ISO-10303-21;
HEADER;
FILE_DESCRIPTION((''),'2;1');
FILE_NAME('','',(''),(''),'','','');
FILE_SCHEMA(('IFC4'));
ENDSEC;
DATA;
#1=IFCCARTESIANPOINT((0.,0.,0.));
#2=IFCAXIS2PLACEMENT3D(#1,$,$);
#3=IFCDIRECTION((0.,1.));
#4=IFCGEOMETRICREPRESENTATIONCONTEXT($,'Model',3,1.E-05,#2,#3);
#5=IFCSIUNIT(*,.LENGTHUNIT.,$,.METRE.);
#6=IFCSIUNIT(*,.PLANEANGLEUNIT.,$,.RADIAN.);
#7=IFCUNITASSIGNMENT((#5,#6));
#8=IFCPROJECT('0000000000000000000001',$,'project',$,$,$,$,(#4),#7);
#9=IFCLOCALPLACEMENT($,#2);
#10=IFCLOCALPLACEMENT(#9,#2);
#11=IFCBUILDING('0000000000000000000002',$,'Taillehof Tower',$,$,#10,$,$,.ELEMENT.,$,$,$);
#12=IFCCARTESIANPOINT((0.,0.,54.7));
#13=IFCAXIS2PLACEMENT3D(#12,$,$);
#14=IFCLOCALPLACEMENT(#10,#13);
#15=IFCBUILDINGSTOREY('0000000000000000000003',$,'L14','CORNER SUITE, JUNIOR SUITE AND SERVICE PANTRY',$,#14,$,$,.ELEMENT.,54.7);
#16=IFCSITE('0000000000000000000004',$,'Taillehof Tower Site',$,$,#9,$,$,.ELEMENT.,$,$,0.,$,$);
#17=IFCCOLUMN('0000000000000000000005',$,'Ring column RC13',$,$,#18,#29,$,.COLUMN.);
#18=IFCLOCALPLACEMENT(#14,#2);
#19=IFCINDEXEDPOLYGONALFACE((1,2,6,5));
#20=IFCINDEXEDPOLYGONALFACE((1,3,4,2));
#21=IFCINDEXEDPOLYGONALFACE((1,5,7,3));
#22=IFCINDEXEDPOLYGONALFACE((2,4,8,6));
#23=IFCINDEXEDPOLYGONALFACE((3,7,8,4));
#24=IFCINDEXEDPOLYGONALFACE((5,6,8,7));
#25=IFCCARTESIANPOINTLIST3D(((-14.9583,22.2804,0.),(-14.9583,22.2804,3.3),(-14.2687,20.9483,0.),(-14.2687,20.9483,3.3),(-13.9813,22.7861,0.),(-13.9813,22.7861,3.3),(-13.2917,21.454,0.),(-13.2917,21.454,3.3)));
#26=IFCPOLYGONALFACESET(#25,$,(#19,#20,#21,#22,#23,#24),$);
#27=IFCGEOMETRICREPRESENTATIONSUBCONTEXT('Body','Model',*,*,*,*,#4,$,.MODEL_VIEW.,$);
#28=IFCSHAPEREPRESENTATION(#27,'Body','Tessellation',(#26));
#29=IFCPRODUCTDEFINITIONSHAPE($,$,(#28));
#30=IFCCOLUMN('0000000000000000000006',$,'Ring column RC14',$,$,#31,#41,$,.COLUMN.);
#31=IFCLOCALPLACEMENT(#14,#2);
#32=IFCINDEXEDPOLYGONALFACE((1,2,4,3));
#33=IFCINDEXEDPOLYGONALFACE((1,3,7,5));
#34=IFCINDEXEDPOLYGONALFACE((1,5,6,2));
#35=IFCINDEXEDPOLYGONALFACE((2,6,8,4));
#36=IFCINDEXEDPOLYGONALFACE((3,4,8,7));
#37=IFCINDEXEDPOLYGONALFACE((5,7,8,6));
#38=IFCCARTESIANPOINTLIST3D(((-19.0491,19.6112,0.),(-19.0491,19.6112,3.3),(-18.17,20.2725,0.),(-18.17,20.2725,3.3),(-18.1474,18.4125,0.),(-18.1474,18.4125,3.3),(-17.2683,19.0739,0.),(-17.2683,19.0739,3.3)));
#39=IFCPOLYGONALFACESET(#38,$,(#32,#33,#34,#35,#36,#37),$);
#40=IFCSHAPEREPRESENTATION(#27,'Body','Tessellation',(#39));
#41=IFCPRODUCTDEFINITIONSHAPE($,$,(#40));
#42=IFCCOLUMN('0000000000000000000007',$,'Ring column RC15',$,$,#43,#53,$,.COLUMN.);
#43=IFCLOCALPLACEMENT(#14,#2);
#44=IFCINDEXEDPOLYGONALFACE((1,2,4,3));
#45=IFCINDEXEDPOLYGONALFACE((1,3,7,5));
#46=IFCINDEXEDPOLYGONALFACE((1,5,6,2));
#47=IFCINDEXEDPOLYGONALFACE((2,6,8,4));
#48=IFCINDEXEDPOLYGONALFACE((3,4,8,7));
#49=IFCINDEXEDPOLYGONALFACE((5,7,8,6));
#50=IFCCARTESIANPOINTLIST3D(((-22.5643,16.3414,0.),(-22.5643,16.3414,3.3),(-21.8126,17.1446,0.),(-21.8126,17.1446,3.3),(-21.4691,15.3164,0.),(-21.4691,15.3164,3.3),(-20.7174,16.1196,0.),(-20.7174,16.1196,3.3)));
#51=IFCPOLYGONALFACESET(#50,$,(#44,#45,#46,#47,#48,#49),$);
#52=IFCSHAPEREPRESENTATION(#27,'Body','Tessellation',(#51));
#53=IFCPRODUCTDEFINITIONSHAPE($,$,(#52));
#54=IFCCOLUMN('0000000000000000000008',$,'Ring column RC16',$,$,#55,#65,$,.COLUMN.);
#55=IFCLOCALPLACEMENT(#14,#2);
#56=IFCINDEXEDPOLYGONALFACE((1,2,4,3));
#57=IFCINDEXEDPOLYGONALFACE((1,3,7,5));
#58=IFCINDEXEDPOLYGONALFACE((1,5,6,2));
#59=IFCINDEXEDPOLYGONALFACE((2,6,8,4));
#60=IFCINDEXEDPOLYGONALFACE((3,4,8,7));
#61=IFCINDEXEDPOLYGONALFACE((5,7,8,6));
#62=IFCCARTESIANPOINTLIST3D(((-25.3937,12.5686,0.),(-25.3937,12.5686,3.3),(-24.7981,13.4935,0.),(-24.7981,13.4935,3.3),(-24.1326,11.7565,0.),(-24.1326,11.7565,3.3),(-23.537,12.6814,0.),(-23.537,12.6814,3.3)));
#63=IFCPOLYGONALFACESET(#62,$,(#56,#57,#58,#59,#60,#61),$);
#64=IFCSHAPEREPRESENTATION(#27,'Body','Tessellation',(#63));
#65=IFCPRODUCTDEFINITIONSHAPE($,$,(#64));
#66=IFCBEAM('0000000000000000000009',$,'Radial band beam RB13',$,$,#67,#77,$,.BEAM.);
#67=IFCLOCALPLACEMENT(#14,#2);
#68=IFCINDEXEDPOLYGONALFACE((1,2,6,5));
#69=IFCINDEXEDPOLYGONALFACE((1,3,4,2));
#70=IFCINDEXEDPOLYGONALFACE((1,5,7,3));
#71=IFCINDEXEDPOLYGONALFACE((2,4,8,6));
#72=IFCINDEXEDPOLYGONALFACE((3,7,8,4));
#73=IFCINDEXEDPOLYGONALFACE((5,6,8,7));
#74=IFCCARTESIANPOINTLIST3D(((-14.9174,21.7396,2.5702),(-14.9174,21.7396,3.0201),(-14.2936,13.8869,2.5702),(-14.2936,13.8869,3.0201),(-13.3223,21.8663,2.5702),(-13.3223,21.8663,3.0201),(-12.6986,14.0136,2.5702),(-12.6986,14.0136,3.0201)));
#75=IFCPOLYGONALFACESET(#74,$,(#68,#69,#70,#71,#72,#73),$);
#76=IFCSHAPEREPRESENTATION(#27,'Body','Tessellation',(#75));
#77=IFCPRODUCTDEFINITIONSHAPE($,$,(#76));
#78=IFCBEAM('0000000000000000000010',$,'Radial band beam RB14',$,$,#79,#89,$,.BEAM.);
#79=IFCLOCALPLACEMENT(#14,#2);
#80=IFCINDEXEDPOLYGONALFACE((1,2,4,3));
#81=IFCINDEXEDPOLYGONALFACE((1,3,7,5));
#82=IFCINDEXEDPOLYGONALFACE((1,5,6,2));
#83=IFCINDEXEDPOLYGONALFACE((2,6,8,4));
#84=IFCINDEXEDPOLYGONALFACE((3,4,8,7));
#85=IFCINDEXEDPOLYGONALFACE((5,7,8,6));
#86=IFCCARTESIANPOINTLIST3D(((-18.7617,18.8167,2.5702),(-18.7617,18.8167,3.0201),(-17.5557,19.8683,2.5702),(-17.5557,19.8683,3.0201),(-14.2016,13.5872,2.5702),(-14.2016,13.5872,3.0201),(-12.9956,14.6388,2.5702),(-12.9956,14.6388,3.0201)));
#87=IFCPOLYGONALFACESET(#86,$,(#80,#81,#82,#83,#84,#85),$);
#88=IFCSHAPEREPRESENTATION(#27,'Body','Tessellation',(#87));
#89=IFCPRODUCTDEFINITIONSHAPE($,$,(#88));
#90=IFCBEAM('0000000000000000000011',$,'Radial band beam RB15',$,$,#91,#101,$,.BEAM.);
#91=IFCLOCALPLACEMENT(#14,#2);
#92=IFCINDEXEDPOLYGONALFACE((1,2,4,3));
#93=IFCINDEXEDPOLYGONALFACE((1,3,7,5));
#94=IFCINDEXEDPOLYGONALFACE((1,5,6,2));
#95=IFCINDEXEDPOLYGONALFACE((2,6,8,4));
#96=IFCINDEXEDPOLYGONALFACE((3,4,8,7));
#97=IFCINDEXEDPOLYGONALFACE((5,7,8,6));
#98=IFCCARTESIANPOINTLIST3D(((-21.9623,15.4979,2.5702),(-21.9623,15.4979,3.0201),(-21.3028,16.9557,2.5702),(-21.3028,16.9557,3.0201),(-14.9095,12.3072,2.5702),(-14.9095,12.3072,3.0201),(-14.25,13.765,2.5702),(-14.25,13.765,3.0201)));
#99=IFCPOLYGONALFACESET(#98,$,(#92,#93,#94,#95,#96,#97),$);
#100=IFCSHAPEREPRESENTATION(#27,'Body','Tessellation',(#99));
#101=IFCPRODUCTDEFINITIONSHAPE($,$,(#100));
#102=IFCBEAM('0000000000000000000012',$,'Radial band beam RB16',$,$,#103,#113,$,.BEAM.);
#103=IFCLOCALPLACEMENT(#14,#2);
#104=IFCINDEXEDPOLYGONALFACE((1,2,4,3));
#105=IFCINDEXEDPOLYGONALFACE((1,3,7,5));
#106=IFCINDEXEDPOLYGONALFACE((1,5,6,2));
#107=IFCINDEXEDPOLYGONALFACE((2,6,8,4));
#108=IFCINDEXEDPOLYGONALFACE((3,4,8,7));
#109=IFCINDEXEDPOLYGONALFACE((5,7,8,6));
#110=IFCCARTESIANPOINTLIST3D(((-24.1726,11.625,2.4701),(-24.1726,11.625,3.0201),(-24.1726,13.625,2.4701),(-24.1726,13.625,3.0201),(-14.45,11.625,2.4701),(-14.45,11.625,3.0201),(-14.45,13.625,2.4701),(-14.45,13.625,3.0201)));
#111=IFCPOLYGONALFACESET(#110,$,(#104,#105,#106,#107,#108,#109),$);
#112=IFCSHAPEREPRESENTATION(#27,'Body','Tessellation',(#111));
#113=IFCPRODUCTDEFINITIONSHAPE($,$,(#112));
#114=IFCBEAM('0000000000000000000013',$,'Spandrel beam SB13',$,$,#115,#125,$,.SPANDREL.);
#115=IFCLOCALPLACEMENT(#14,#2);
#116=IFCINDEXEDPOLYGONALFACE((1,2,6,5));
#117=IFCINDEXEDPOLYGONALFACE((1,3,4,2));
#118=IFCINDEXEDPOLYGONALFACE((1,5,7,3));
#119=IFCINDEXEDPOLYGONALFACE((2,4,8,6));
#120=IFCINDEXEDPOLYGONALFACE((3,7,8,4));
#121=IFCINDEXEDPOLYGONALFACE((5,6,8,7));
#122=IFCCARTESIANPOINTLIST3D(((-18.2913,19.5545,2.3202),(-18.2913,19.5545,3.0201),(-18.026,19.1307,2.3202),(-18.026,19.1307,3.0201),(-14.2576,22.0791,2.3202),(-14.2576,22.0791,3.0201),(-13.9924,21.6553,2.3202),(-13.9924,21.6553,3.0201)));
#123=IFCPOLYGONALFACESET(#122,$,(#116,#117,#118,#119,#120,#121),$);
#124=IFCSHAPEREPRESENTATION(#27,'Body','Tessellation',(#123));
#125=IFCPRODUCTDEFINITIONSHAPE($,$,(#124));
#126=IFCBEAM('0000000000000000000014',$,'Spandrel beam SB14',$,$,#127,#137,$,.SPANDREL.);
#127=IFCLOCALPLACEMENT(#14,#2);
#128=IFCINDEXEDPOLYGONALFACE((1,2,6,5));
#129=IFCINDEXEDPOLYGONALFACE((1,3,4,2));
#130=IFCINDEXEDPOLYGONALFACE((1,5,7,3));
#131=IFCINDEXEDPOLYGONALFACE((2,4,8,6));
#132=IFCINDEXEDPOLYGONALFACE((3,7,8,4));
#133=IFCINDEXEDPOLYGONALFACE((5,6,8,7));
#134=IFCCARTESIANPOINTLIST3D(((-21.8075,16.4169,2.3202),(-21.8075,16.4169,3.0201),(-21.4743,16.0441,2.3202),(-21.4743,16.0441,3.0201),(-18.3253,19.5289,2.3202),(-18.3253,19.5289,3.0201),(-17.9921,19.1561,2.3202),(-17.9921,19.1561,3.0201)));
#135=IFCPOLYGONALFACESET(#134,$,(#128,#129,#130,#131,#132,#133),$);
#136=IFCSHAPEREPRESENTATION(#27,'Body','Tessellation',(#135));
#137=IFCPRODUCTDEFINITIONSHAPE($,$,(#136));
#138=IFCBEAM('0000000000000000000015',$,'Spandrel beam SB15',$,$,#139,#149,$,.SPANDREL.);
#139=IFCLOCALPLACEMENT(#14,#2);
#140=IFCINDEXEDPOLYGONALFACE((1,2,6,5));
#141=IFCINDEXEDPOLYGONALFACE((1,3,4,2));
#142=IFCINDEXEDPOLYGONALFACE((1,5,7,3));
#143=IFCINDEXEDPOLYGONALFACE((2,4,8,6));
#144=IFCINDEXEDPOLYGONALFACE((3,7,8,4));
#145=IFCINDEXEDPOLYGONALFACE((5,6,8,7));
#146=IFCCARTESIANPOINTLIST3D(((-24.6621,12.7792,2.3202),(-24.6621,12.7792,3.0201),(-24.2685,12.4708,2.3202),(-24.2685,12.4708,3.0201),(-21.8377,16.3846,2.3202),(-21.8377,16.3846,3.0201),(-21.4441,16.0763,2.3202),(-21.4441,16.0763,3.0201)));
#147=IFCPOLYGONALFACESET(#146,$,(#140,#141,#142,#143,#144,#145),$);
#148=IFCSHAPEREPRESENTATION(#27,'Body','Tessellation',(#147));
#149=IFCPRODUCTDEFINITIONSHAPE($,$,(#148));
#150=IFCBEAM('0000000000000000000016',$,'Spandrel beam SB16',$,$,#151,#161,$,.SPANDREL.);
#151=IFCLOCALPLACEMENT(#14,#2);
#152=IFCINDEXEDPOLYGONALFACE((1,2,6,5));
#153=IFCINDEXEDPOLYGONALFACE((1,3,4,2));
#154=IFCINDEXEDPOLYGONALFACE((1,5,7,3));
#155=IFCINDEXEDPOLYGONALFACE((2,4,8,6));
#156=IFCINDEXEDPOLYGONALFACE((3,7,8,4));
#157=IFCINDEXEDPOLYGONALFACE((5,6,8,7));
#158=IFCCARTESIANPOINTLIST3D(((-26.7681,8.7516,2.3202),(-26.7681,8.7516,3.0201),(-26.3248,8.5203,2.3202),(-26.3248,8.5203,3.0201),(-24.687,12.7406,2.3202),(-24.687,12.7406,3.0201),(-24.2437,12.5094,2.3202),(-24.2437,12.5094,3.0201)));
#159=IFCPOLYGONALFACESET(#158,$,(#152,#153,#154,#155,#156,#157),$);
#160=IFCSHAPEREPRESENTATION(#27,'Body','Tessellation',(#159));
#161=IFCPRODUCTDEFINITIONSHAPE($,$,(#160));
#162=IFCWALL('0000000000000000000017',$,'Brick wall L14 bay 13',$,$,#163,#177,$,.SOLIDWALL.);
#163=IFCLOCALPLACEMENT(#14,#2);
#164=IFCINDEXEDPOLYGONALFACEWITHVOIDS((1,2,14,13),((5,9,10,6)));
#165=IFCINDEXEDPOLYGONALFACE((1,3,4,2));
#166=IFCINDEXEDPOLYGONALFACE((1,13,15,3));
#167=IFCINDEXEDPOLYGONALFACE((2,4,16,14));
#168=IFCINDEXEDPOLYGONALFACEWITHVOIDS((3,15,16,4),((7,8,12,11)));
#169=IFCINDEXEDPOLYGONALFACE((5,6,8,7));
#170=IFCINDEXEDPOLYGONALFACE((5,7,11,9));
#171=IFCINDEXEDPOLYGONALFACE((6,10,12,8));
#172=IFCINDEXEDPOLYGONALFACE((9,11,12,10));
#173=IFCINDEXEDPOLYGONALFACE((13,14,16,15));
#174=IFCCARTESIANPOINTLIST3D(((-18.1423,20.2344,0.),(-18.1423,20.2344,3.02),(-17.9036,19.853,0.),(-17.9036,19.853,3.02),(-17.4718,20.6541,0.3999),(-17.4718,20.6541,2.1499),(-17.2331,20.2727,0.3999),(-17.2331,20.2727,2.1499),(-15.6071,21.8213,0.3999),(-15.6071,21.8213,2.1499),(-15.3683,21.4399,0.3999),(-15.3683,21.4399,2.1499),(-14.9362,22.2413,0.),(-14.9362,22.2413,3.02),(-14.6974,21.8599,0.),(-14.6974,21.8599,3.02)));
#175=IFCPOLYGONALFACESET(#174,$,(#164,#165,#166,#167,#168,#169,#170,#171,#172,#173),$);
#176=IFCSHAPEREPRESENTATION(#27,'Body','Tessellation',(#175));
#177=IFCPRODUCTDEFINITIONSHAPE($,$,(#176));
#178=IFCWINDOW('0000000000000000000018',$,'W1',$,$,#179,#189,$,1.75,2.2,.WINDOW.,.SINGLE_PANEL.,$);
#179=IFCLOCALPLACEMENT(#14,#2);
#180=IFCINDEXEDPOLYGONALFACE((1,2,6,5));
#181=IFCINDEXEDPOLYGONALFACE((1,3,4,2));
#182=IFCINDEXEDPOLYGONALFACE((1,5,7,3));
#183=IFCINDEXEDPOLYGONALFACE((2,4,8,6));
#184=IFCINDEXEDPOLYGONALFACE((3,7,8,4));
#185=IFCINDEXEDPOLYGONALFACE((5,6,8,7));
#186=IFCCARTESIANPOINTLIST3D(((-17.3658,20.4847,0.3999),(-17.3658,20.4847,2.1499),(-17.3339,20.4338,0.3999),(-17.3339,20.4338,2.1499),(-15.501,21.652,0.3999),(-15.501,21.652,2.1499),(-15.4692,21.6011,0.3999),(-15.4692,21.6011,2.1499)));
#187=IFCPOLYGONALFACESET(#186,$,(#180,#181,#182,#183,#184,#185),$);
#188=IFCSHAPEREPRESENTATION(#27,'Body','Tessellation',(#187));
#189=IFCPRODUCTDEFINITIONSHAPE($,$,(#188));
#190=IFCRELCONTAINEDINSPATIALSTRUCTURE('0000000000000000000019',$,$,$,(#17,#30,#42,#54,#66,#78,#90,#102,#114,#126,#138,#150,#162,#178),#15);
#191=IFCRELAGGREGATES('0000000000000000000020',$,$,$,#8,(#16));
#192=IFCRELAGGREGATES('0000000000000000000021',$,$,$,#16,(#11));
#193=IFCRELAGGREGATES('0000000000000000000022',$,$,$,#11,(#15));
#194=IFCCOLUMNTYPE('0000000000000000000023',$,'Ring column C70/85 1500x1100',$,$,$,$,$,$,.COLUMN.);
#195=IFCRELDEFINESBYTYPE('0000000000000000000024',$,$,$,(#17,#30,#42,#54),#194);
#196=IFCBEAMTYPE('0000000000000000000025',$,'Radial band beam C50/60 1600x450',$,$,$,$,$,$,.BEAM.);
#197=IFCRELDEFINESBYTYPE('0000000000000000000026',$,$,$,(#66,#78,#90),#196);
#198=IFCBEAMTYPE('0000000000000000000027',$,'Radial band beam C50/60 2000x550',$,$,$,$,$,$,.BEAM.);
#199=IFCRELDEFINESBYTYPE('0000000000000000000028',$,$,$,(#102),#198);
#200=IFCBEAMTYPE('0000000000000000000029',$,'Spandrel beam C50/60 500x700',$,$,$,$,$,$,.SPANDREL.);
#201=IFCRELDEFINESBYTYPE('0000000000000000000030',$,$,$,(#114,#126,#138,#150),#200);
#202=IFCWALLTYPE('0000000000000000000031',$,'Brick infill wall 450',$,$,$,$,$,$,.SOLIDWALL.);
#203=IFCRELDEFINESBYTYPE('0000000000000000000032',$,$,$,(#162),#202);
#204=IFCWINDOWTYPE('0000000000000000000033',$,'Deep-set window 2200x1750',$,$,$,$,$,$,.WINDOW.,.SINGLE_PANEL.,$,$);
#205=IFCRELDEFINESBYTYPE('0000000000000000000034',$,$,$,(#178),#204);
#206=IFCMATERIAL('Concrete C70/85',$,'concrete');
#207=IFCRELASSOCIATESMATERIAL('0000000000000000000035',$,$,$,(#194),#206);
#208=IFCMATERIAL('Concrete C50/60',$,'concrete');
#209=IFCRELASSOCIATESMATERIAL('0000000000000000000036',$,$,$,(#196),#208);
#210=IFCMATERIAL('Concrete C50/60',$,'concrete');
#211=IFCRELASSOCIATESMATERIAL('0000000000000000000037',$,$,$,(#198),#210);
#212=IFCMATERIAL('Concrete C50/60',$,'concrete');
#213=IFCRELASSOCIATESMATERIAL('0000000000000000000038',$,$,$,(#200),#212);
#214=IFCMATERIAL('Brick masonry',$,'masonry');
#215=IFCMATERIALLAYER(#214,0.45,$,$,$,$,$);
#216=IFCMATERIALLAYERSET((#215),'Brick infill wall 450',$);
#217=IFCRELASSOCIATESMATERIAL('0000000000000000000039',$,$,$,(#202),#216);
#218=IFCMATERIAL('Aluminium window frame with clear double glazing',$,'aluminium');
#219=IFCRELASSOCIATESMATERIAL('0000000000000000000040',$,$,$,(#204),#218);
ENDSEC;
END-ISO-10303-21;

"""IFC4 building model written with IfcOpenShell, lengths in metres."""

from ifc_helpers import new_model, si_unit, direction, frame, frame_2d, origin, origin_2d, place, context, subcontext, project, spatial, rectangle, extrude, material, layer, layer_set, material_profile, profile_set, type_object, element, fill, save


model = new_model("IFC4")

# Units and contexts
model_context = context("Model", 3, precision=1e-05, world=origin(), true_north=direction((0.0, 1.0)))
body_context = subcontext(model_context, "Body", "Model", "MODEL_VIEW")
ifc_project = project(units=[si_unit("LENGTHUNIT", "METRE"), si_unit("PLANEANGLEUNIT", "RADIAN")], contexts=[model_context])

# Site, building, storey
site_placement = place(None, origin())
site = spatial("IfcSite", under=ifc_project, at=site_placement, Name="Taillehof Tower Site", CompositionType="ELEMENT", RefElevation=0.0)
building_placement = place(site_placement, origin())
building = spatial("IfcBuilding", under=site, at=building_placement, Name="Taillehof Tower", CompositionType="ELEMENT")
storey_placement = place(building_placement, frame((0.0, 0.0, 54.7)))
storey = spatial("IfcBuildingStorey", under=building, at=storey_placement, Name="L14", Description="CORNER SUITE, JUNIOR SUITE AND SERVICE PANTRY", CompositionType="ELEMENT", Elevation=54.7)

# Columns
ifc_material_1 = material(Name="Concrete C70/85", Category="concrete")
ifc_material_profile_1 = material_profile(ifc_material_1, rectangle(XDim=1.5, YDim=1.1001, at=origin_2d()), Name="RC 1500x1100")
ifc_profile_set_1 = profile_set([ifc_material_profile_1], Name="Concrete C70/85")
column_type = type_object("IfcColumnType", Name="Ring column C70/85 1500x1100", PredefinedType="COLUMN", material=ifc_profile_set_1)
for number, where, z_axis, x_axis, name in (
    (1, (-14.125, 21.8672, 0.0), (0.0, 0.0, 1.0), (-0.459691, 0.888079, 0.0), "Ring column RC13"),
    (2, (-18.1587, 19.3425, 0.0), (0.0, 0.0, 1.0), (-0.601174, 0.799118, 0.0), "Ring column RC14"),
    (3, (-21.6409, 16.2305, 0.0), (0.0, 0.0, 1.0), (-0.730113, 0.683326, 0.0), "Ring column RC15"),
    (4, (-24.4653, 12.625, 0.0), (0.0, 0.0, 1.0), (-0.840754, 0.541418, 0.0), "Ring column RC16"),
):
    element("IfcColumn", number, at=place(storey_placement, frame(where, z_axis=z_axis, x_axis=x_axis)), inside=storey, type_object=column_type, Name=name, PredefinedType="COLUMN", context=body_context, shape_type="SweptSolid", body=[
        extrude(rectangle(XDim=1.5, YDim=1.1001, at=origin_2d()), origin(), (0.0, 0.0, 1.0), 3.3),
    ])

# Beams
ifc_material_2 = material(Name="Concrete C50/60", Category="concrete")
ifc_material_profile_2 = material_profile(ifc_material_2, rectangle(XDim=1.6001, YDim=0.45, at=origin_2d()), Name="RC 1600x450")
ifc_profile_set_2 = profile_set([ifc_material_profile_2], Name="Concrete C50/60")
beam_type_1 = type_object("IfcBeamType", Name="Radial band beam C50/60 1600x450", PredefinedType="BEAM", material=ifc_profile_set_2)
beam_1_placement = place(storey_placement, frame((-14.1199, 21.803, 2.7952), z_axis=(0.079185, -0.99686, 0.0), x_axis=(0.99686, 0.079185, 0.0)))
element("IfcBeam", 5, at=beam_1_placement, inside=storey, type_object=beam_type_1, Name="Radial band beam RB13", PredefinedType="BEAM", context=body_context, shape_type="SweptSolid", body=[
    extrude(rectangle(XDim=1.6001, YDim=0.45, at=origin_2d()), origin(), (0.0, 0.0, 1.0), 7.8774),
])
beam_2_placement = place(storey_placement, frame((-18.1587, 19.3425, 2.7952), z_axis=(0.657218, -0.7537, 0.0), x_axis=(0.7537, 0.657218, 0.0)))
element("IfcBeam", 6, at=beam_2_placement, inside=storey, type_object=beam_type_1, Name="Radial band beam RB14", PredefinedType="BEAM", context=body_context, shape_type="SweptSolid", body=[
    extrude(rectangle(XDim=1.6001, YDim=0.45, at=origin_2d()), origin(), (0.0, 0.0, 1.0), 6.9385),
])
beam_3_placement = place(storey_placement, frame((-21.6326, 16.2268, 2.7952), z_axis=(0.911101, -0.412184, 0.0), x_axis=(0.412184, 0.911101, 0.0)))
element("IfcBeam", 7, at=beam_3_placement, inside=storey, type_object=beam_type_1, Name="Radial band beam RB15", PredefinedType="BEAM", context=body_context, shape_type="SweptSolid", body=[
    extrude(rectangle(XDim=1.6001, YDim=0.45, at=origin_2d()), origin(), (0.0, 0.0, 1.0), 7.741),
])
ifc_material_3 = material(Name="Concrete C50/60", Category="concrete")
ifc_material_profile_3 = material_profile(ifc_material_3, rectangle(XDim=2.0, YDim=0.55, at=origin_2d()), Name="RC 2000x550")
ifc_profile_set_3 = profile_set([ifc_material_profile_3], Name="Concrete C50/60")
beam_type_2 = type_object("IfcBeamType", Name="Radial band beam C50/60 2000x550", PredefinedType="BEAM", material=ifc_profile_set_3)
beam_4_placement = place(storey_placement, frame((-24.1726, 12.625, 2.7451), z_axis=(1.0, 0.0, 0.0), x_axis=(0.0, 1.0, 0.0)))
element("IfcBeam", 8, at=beam_4_placement, inside=storey, type_object=beam_type_2, Name="Radial band beam RB16", PredefinedType="BEAM", context=body_context, shape_type="SweptSolid", body=[
    extrude(rectangle(XDim=2.0, YDim=0.55, at=origin_2d()), origin(), (0.0, 0.0, 1.0), 9.7227),
])
ifc_material_4 = material(Name="Concrete C50/60", Category="concrete")
ifc_material_profile_4 = material_profile(ifc_material_4, rectangle(XDim=0.5, YDim=0.7, at=origin_2d()), Name="RC 500x700")
ifc_profile_set_4 = profile_set([ifc_material_profile_4], Name="Concrete C50/60")
beam_type_3 = type_object("IfcBeamType", Name="Spandrel beam C50/60 500x700", PredefinedType="SPANDREL", material=ifc_profile_set_4)
beam_5_placement = place(storey_placement, frame((-14.125, 21.8672, 2.6702), z_axis=(-0.847658, -0.530543, 0.0), x_axis=(0.530543, -0.847658, 0.0)))
element("IfcBeam", 9, at=beam_5_placement, inside=storey, type_object=beam_type_3, Name="Spandrel beam SB13", PredefinedType="SPANDREL", context=body_context, shape_type="SweptSolid", body=[
    extrude(rectangle(XDim=0.5, YDim=0.7, at=origin_2d()), origin(), (0.0, 0.0, 1.0), 4.7585),
])
beam_6_placement = place(storey_placement, frame((-18.1587, 19.3425, 2.6702), z_axis=(-0.745621, -0.66637, 0.0), x_axis=(0.66637, -0.745621, 0.0)))
element("IfcBeam", 10, at=beam_6_placement, inside=storey, type_object=beam_type_3, Name="Spandrel beam SB14", PredefinedType="SPANDREL", context=body_context, shape_type="SweptSolid", body=[
    extrude(rectangle(XDim=0.5, YDim=0.7, at=origin_2d()), origin(), (0.0, 0.0, 1.0), 4.6702),
])
beam_7_placement = place(storey_placement, frame((-21.6409, 16.2305, 2.6702), z_axis=(-0.616686, -0.787209, 0.0), x_axis=(0.787209, -0.616686, 0.0)))
element("IfcBeam", 11, at=beam_7_placement, inside=storey, type_object=beam_type_3, Name="Spandrel beam SB15", PredefinedType="SPANDREL", context=body_context, shape_type="SweptSolid", body=[
    extrude(rectangle(XDim=0.5, YDim=0.7, at=origin_2d()), origin(), (0.0, 0.0, 1.0), 4.5801),
])
beam_8_placement = place(storey_placement, frame((-24.4653, 12.625, 2.6702), z_axis=(-0.462536, -0.8866, 0.0), x_axis=(0.8866, -0.462536, 0.0)))
element("IfcBeam", 12, at=beam_8_placement, inside=storey, type_object=beam_type_3, Name="Spandrel beam SB16", PredefinedType="SPANDREL", context=body_context, shape_type="SweptSolid", body=[
    extrude(rectangle(XDim=0.5, YDim=0.7, at=origin_2d()), origin(), (0.0, 0.0, 1.0), 4.4993),
])

# Wall, opening, window
ifc_material_5 = material(Name="Brick masonry", Category="masonry")
ifc_layer_1 = layer(ifc_material_5, 0.45)
ifc_layer_set_1 = layer_set([ifc_layer_1], Name="Brick infill wall 450")
wall_type_1 = type_object("IfcWallType", Name="Brick infill wall 450", PredefinedType="SOLIDWALL", material=ifc_layer_set_1)
wall_1_placement = place(storey_placement, frame((-14.8169, 22.0505, 0.0), z_axis=(0.0, 0.0, 1.0), x_axis=(-0.847635, -0.530579, 0.0)))
wall_1 = element("IfcWall", 13, at=wall_1_placement, inside=storey, type_object=wall_type_1, Name="Brick wall L14 bay 13", PredefinedType="SOLIDWALL", context=body_context, shape_type="SweptSolid", body=[
    extrude(rectangle(XDim=3.7825, YDim=0.45, at=frame_2d((1.8911, 0.0))), origin(), (0.0, 0.0, 1.0), 3.02),
])
opening_1_placement = place(wall_1_placement, frame((0.7913, 0.0, 0.3999)))
opening_1 = element("IfcOpeningElement", 14, at=opening_1_placement, cuts=wall_1, PredefinedType="OPENING", context=body_context, shape_type="SweptSolid", body=[
    extrude(rectangle(XDim=2.2, YDim=1.75, at=frame_2d((1.1001, 0.875))), frame((0.0, 0.2349, 0.0), z_axis=(0.0, -1.0, 0.0), x_axis=(1.0, 0.0, 0.0)), (0.0, 0.0, 1.0), 0.47),
])
ifc_material_6 = material(Name="Aluminium window frame with clear double glazing", Category="aluminium")
window_type = type_object("IfcWindowType", Name="Deep-set window 2200x1750", PartitioningType="SINGLE_PANEL", PredefinedType="WINDOW", material=ifc_material_6)
window_1_placement = place(opening_1_placement, origin())
window_1 = element("IfcWindow", 15, at=window_1_placement, inside=storey, type_object=window_type, Name="W1", OverallHeight=1.75, OverallWidth=2.2, PartitioningType="SINGLE_PANEL", PredefinedType="WINDOW", context=body_context, shape_type="SweptSolid", body=[
    extrude(rectangle(XDim=2.2, YDim=1.75, at=frame_2d((1.1001, 0.875))), frame((0.0, 0.0349, 0.0), z_axis=(0.0, -1.0, 0.0), x_axis=(1.0, 0.0, 0.0)), (0.0, 0.0, 1.0), 0.0601),
])
fill(opening_1, window_1)

save(model, "model.ifc")
